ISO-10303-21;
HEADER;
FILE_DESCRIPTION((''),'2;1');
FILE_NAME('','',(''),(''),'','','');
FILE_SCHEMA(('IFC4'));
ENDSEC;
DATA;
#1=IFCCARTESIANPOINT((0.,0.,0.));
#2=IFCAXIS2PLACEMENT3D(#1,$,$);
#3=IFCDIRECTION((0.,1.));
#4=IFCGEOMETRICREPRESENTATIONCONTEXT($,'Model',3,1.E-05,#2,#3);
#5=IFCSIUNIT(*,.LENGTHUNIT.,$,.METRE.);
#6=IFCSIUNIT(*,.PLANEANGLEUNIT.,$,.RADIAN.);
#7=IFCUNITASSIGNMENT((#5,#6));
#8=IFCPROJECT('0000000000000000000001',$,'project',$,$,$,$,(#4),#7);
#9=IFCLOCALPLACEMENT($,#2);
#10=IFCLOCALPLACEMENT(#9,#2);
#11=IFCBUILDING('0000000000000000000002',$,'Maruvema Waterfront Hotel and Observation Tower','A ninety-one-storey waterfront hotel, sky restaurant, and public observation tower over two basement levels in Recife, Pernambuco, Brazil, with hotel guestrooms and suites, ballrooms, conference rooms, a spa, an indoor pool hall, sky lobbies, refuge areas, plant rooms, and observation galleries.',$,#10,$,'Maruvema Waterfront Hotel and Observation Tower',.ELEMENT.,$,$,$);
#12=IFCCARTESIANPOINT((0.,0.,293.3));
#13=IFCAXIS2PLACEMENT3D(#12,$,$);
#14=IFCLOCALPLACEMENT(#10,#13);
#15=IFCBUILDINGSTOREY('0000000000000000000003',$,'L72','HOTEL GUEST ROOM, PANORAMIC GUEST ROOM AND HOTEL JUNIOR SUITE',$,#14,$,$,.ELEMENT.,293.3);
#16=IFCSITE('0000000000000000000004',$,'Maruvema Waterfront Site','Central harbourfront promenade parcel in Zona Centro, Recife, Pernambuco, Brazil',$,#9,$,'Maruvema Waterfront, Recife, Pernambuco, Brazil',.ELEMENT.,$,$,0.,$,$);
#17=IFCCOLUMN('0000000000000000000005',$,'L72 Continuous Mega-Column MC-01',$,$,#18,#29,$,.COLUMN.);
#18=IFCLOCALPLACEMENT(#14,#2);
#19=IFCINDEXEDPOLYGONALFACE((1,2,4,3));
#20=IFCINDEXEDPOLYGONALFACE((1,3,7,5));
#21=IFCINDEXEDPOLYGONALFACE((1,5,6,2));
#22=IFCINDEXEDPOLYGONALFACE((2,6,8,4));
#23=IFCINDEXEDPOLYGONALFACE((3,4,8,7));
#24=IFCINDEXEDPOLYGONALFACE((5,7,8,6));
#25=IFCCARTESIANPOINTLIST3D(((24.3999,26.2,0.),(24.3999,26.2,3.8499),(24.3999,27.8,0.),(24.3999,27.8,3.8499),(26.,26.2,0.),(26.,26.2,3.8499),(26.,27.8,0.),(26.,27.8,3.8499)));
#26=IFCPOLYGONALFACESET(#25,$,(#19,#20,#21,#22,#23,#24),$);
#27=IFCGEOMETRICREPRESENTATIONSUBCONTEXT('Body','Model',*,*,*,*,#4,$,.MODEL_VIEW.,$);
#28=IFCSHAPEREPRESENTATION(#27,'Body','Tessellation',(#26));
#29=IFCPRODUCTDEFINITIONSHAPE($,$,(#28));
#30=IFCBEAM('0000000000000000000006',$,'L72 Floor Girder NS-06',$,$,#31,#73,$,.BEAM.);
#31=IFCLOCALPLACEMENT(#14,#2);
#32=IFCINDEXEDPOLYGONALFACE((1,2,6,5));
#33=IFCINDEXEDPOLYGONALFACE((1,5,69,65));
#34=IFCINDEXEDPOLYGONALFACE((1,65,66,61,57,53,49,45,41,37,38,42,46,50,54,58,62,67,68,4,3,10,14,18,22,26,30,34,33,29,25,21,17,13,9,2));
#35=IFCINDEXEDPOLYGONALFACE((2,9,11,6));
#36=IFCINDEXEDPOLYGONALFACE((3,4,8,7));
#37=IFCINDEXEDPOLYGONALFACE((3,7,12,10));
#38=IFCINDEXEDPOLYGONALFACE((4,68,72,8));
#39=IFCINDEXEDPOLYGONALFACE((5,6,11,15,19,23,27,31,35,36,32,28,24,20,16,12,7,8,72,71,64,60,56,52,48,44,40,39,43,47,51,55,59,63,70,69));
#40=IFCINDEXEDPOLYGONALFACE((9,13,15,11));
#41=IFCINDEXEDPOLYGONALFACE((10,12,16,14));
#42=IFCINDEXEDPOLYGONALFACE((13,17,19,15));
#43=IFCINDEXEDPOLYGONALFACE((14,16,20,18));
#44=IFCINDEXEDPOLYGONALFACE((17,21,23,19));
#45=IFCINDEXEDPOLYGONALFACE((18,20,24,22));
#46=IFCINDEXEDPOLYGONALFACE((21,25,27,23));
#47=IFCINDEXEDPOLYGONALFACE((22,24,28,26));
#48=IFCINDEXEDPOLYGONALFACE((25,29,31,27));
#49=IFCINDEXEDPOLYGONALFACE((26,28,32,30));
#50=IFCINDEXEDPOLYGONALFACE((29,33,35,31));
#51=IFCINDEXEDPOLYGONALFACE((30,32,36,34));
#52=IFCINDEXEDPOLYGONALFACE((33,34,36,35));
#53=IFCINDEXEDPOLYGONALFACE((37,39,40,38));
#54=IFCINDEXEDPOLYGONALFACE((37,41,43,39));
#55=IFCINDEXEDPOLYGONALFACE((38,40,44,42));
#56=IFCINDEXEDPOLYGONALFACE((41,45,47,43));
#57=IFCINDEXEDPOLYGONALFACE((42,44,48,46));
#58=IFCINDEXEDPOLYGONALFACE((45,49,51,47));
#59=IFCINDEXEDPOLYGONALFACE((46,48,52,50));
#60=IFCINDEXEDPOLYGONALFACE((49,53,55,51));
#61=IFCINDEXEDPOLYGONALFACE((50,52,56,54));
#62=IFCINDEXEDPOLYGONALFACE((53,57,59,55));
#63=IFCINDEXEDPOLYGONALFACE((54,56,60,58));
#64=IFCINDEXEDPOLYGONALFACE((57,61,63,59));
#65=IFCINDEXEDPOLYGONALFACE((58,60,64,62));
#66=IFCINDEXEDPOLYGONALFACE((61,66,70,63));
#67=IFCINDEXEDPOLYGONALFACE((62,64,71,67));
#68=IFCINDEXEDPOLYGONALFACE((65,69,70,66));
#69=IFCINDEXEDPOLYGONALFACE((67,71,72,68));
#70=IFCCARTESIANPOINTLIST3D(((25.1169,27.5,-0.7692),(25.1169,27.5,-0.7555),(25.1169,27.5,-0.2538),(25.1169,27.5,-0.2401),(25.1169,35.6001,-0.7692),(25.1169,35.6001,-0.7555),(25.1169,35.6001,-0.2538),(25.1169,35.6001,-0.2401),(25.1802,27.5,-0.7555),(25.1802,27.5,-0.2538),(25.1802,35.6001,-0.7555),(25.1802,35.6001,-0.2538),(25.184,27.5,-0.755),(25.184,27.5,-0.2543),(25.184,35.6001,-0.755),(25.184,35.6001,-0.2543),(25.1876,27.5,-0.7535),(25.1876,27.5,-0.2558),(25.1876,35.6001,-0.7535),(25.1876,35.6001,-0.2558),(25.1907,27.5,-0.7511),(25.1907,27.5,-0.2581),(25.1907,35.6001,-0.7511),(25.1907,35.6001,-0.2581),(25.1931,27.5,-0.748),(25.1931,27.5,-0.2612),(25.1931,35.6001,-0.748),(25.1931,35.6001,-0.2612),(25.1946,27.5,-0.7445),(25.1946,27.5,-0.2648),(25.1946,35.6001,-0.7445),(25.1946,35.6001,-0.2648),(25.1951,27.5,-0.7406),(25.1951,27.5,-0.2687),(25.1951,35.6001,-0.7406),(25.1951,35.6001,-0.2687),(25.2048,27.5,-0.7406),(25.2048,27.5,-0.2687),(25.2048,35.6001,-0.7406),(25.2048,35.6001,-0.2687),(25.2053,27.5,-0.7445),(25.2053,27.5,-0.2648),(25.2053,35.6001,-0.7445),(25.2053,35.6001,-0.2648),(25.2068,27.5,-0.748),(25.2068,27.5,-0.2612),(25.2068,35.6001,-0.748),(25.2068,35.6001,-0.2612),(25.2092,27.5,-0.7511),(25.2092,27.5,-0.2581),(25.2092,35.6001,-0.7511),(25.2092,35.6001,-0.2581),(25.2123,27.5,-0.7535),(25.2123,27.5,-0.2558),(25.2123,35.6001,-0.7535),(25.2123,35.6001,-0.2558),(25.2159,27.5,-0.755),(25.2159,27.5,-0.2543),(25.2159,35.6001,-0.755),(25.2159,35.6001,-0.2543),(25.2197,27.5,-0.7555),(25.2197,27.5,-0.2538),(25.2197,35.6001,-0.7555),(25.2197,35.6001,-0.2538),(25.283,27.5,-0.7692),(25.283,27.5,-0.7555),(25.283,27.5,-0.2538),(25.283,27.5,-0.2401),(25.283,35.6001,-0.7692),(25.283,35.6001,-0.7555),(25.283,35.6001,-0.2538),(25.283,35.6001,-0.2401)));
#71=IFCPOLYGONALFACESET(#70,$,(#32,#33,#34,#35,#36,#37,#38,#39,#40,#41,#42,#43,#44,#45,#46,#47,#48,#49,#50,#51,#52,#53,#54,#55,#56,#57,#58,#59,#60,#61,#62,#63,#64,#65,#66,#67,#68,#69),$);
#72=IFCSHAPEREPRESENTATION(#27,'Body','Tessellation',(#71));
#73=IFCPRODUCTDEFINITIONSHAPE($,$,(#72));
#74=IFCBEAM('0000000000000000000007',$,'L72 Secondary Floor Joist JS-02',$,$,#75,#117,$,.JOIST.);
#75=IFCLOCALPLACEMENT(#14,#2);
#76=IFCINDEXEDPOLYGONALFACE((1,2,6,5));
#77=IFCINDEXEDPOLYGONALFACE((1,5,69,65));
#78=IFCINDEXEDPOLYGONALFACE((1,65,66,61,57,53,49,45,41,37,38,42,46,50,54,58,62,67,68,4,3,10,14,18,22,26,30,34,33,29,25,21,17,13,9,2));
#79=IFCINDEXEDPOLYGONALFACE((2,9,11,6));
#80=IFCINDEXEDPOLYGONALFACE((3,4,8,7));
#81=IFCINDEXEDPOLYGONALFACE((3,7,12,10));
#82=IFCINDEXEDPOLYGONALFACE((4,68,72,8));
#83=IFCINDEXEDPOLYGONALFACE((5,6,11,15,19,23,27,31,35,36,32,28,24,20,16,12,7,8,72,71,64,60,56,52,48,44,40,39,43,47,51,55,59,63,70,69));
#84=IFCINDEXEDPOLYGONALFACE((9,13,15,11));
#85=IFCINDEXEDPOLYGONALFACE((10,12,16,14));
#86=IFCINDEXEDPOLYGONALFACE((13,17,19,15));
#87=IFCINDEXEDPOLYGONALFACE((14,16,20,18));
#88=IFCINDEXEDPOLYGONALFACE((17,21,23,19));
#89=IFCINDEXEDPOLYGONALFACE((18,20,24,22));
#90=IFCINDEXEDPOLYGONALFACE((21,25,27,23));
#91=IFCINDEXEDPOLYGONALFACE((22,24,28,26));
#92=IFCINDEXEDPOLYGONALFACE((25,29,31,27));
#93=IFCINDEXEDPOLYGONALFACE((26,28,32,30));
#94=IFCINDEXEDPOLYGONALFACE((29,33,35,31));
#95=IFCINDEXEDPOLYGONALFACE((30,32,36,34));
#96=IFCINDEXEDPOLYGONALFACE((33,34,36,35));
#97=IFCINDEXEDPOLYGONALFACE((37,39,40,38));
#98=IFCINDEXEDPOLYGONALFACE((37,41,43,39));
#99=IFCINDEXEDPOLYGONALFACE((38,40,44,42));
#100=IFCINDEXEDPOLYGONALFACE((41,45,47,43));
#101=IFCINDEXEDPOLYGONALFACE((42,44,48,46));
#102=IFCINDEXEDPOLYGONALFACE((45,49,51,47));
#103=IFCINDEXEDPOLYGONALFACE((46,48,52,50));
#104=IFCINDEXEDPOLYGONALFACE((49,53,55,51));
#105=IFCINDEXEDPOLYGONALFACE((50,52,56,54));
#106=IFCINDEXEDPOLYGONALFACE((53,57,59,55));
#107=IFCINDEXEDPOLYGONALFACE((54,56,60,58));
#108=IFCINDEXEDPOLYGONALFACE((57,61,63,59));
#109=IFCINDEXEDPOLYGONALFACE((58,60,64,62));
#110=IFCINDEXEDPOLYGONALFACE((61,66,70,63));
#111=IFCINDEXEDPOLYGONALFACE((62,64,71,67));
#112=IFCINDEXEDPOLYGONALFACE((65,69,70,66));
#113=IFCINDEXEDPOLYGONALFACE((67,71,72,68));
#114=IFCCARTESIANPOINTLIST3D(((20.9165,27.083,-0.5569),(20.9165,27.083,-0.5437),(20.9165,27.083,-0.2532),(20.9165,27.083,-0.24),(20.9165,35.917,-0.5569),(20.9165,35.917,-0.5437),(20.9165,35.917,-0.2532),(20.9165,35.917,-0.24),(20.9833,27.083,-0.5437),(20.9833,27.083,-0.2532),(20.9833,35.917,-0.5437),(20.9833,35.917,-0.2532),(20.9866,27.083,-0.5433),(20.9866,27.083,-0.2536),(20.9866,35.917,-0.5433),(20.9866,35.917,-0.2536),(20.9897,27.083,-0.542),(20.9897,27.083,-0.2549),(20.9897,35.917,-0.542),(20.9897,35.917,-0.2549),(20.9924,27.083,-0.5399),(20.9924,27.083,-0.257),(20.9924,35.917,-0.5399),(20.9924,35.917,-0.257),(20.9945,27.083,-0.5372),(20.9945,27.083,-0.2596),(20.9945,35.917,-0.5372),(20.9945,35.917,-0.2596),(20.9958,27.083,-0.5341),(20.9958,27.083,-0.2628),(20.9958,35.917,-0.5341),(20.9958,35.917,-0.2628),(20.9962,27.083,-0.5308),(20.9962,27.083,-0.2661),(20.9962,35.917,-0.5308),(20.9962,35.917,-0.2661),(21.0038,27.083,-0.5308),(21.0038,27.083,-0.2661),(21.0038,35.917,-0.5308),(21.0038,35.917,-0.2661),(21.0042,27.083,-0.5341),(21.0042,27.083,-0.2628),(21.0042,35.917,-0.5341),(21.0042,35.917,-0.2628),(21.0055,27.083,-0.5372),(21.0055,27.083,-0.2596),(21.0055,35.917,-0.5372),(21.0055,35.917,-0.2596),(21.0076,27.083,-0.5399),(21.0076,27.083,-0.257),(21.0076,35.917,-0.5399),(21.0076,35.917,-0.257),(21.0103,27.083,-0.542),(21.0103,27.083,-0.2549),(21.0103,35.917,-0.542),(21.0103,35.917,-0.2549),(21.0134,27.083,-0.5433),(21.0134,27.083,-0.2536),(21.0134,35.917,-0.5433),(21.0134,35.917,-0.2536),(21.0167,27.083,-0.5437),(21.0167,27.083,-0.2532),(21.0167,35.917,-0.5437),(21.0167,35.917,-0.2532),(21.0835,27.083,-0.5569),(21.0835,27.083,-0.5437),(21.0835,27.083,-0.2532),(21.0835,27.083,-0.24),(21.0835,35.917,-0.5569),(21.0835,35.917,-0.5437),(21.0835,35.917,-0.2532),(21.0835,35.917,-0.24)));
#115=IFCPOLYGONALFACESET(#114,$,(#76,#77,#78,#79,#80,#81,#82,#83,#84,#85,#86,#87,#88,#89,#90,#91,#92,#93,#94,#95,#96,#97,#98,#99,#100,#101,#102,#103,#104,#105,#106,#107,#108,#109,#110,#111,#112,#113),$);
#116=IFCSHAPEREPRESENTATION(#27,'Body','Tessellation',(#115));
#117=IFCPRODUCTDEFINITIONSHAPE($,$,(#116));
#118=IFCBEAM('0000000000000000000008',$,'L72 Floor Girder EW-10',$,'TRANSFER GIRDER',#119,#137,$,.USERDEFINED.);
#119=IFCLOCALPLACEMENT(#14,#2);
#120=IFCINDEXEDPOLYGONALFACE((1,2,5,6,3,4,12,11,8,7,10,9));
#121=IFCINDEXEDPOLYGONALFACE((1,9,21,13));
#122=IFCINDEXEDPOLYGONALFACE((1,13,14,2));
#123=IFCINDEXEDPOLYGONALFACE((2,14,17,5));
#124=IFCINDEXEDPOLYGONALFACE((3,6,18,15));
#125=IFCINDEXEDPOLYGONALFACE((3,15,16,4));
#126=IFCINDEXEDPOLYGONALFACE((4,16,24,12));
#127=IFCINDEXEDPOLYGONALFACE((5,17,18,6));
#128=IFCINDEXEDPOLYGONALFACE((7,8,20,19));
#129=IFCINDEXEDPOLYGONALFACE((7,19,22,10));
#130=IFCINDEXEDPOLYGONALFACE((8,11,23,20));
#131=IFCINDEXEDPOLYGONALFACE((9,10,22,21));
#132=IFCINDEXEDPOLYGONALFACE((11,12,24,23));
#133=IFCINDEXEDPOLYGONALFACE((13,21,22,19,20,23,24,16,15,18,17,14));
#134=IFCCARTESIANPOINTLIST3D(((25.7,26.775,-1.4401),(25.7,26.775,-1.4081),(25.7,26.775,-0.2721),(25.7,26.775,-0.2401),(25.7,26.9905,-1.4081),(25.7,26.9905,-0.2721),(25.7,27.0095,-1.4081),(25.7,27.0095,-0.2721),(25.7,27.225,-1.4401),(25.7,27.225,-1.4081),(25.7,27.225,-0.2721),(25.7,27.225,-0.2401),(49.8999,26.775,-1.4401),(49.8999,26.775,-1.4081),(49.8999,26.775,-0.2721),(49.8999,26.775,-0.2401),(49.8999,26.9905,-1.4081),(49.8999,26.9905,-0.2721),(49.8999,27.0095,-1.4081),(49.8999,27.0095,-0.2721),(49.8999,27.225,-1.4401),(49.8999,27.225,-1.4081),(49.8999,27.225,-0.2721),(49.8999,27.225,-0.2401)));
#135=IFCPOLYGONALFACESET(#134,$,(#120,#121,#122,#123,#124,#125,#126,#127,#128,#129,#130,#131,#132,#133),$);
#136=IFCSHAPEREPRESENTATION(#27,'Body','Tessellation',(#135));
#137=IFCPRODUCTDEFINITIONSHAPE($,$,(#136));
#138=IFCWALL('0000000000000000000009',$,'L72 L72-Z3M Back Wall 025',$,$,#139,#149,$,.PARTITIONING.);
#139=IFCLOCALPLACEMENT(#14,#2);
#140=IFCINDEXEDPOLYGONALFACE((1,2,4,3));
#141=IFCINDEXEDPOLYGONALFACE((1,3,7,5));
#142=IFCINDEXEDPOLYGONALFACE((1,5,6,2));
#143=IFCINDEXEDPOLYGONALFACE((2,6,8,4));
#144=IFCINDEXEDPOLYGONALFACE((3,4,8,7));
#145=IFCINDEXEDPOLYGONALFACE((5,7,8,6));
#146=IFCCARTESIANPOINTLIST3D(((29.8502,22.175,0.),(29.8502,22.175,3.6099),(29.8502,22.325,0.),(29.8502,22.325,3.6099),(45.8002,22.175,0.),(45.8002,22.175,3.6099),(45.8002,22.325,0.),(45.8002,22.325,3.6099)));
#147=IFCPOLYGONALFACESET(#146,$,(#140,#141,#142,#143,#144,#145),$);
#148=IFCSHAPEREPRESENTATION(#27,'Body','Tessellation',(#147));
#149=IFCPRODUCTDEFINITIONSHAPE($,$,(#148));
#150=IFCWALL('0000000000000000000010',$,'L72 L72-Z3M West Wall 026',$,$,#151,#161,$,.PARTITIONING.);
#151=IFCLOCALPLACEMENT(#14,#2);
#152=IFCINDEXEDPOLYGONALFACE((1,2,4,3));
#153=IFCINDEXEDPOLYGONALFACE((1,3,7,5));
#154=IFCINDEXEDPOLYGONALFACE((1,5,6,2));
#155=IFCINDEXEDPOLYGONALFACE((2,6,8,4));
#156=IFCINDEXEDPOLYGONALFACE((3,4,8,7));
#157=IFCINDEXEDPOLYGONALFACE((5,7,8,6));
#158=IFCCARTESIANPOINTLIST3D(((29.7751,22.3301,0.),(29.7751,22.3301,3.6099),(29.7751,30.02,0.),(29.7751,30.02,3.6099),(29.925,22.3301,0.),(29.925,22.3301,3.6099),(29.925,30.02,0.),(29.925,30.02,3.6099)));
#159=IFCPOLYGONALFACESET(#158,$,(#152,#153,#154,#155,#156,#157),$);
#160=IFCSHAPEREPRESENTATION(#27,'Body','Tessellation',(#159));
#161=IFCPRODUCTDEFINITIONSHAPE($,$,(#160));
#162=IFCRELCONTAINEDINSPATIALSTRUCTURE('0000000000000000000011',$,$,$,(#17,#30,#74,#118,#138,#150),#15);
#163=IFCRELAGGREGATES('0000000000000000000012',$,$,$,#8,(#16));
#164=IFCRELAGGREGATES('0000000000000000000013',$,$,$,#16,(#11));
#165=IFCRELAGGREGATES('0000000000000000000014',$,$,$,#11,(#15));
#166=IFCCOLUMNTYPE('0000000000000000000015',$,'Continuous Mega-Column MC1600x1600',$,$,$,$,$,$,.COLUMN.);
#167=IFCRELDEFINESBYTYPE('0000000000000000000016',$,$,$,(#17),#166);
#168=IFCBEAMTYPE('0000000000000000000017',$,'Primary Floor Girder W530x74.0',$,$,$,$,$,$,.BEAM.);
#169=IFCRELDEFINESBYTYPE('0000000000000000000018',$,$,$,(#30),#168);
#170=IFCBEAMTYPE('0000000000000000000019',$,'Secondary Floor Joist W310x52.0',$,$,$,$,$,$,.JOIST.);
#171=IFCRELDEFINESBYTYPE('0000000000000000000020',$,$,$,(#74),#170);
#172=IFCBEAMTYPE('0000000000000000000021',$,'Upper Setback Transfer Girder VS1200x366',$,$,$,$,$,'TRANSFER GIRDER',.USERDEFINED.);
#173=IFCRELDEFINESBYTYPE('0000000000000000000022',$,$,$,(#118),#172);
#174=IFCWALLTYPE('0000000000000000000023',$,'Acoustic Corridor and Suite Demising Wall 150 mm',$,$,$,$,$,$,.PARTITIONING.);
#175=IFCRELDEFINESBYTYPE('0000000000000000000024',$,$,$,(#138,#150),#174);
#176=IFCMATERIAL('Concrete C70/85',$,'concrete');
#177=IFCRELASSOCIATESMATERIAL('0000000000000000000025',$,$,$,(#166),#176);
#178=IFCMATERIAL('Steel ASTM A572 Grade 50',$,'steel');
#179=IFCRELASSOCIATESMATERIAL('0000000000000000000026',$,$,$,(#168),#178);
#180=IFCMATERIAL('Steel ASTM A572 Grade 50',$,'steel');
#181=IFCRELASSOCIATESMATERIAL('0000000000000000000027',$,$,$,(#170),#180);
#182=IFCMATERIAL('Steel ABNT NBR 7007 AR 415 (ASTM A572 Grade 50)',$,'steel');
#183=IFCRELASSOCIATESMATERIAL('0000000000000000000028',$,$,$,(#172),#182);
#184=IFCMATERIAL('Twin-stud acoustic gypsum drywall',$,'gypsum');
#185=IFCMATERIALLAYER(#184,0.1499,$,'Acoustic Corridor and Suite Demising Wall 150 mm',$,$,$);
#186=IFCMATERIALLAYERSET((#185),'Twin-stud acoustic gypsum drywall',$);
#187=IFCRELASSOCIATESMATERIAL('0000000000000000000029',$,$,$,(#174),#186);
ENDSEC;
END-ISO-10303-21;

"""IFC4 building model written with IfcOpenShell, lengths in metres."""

from ifc_helpers import new_model, si_unit, direction, frame, frame_2d, origin, origin_2d, place, context, subcontext, project, spatial, rectangle, i_section, extrude, material, layer, layer_set, material_profile, profile_set, type_object, element, save


model = new_model("IFC4")

# Units and contexts
model_context = context("Model", 3, precision=1e-05, world=origin(), true_north=direction((0.0, 1.0)))
body_context = subcontext(model_context, "Body", "Model", "MODEL_VIEW")
ifc_project = project(units=[si_unit("LENGTHUNIT", "METRE"), si_unit("PLANEANGLEUNIT", "RADIAN")], contexts=[model_context])

# Site, building, storey
site_placement = place(None, origin())
site = spatial("IfcSite", under=ifc_project, at=site_placement, Name="Maruvema Waterfront Site", Description="Central harbourfront promenade parcel in Zona Centro, Recife, Pernambuco, Brazil", LongName="Maruvema Waterfront, Recife, Pernambuco, Brazil", CompositionType="ELEMENT", RefElevation=0.0)
building_placement = place(site_placement, origin())
building = spatial("IfcBuilding", under=site, at=building_placement, Name="Maruvema Waterfront Hotel and Observation Tower", Description="A ninety-one-storey waterfront hotel, sky restaurant, and public observation tower over two basement levels in Recife, Pernambuco, Brazil, with hotel guestrooms and suites, ballrooms, conference rooms, a spa, an indoor pool hall, sky lobbies, refuge areas, plant rooms, and observation galleries.", LongName="Maruvema Waterfront Hotel and Observation Tower", CompositionType="ELEMENT")
storey_placement = place(building_placement, frame((0.0, 0.0, 293.3)))
storey = spatial("IfcBuildingStorey", under=building, at=storey_placement, Name="L72", Description="HOTEL GUEST ROOM, PANORAMIC GUEST ROOM AND HOTEL JUNIOR SUITE", CompositionType="ELEMENT", Elevation=293.3)

# Column
ifc_material_1 = material(Name="Concrete C70/85", Category="concrete")
ifc_material_profile_1 = material_profile(ifc_material_1, rectangle(XDim=1.6001, YDim=1.6001, at=origin_2d()), Name="MC1600x1600")
ifc_profile_set_1 = profile_set([ifc_material_profile_1], Name="Concrete C70/85")
column_type = type_object("IfcColumnType", Name="Continuous Mega-Column MC1600x1600", PredefinedType="COLUMN", material=ifc_profile_set_1)
column_placement = place(storey_placement, frame((25.2, 27.0, 0.0), z_axis=(0.0, 0.0, 1.0), x_axis=(1.0, 0.0, 0.0)))
element("IfcColumn", 1, at=column_placement, inside=storey, type_object=column_type, Name="L72 Continuous Mega-Column MC-01", PredefinedType="COLUMN", context=body_context, shape_type="SweptSolid", body=[
    extrude(rectangle(XDim=1.6001, YDim=1.6001, at=origin_2d()), origin(), (0.0, 0.0, 1.0), 3.8499),
])

# Beams
ifc_material_2 = material(Name="Steel ASTM A572 Grade 50", Category="steel")
ifc_material_profile_2 = material_profile(ifc_material_2, i_section(OverallWidth=0.166, OverallDepth=0.5291, WebThickness=0.0098, FlangeThickness=0.0137, FilletRadius=0.0149, at=origin_2d()), Name="W530x74.0")
ifc_profile_set_2 = profile_set([ifc_material_profile_2], Name="Steel ASTM A572 Grade 50")
beam_type_1 = type_object("IfcBeamType", Name="Primary Floor Girder W530x74.0", PredefinedType="BEAM", material=ifc_profile_set_2)
beam_1_placement = place(storey_placement, frame((25.2, 27.5, -0.5046), z_axis=(0.0, 1.0, 0.0), x_axis=(-1.0, 0.0, 0.0)))
element("IfcBeam", 2, at=beam_1_placement, inside=storey, type_object=beam_type_1, Name="L72 Floor Girder NS-06", PredefinedType="BEAM", context=body_context, shape_type="SweptSolid", body=[
    extrude(i_section(OverallWidth=0.166, OverallDepth=0.5291, WebThickness=0.0098, FlangeThickness=0.0137, FilletRadius=0.0149, at=origin_2d()), origin(), (0.0, 0.0, 1.0), 8.1001),
])
ifc_material_3 = material(Name="Steel ASTM A572 Grade 50", Category="steel")
ifc_material_profile_3 = material_profile(ifc_material_3, i_section(OverallWidth=0.167, OverallDepth=0.3169, WebThickness=0.0076, FlangeThickness=0.0132, FilletRadius=0.0129, at=origin_2d()), Name="W310x52.0")
ifc_profile_set_3 = profile_set([ifc_material_profile_3], Name="Steel ASTM A572 Grade 50")
beam_type_2 = type_object("IfcBeamType", Name="Secondary Floor Joist W310x52.0", PredefinedType="JOIST", material=ifc_profile_set_3)
beam_2_placement = place(storey_placement, frame((21.0, 27.083, -0.3984), z_axis=(0.0, 1.0, 0.0), x_axis=(-1.0, 0.0, 0.0)))
element("IfcBeam", 3, at=beam_2_placement, inside=storey, type_object=beam_type_2, Name="L72 Secondary Floor Joist JS-02", PredefinedType="JOIST", context=body_context, shape_type="SweptSolid", body=[
    extrude(i_section(OverallWidth=0.167, OverallDepth=0.3169, WebThickness=0.0076, FlangeThickness=0.0132, FilletRadius=0.0129, at=origin_2d()), origin(), (0.0, 0.0, 1.0), 8.834),
])
ifc_material_4 = material(Name="Steel ABNT NBR 7007 AR 415 (ASTM A572 Grade 50)", Category="steel")
ifc_material_profile_4 = material_profile(ifc_material_4, i_section(OverallWidth=0.45, OverallDepth=1.2, WebThickness=0.019, FlangeThickness=0.032, at=origin_2d()), Name="VS1200x366")
ifc_profile_set_4 = profile_set([ifc_material_profile_4], Name="Steel ABNT NBR 7007 AR 415 (ASTM A572 Grade 50)")
beam_type_3 = type_object("IfcBeamType", Name="Upper Setback Transfer Girder VS1200x366", ElementType="TRANSFER GIRDER", PredefinedType="USERDEFINED", material=ifc_profile_set_4)
beam_3_placement = place(storey_placement, frame((25.7, 27.0, -0.8401), z_axis=(1.0, 0.0, 0.0), x_axis=(0.0, 1.0, 0.0)))
element("IfcBeam", 4, at=beam_3_placement, inside=storey, type_object=beam_type_3, Name="L72 Floor Girder EW-10", ObjectType="TRANSFER GIRDER", PredefinedType="USERDEFINED", context=body_context, shape_type="SweptSolid", body=[
    extrude(i_section(OverallWidth=0.45, OverallDepth=1.2, WebThickness=0.019, FlangeThickness=0.032, at=origin_2d()), origin(), (0.0, 0.0, 1.0), 24.2),
])

# Walls
ifc_material_5 = material(Name="Twin-stud acoustic gypsum drywall", Category="gypsum")
ifc_layer_1 = layer(ifc_material_5, 0.1499, Name="Acoustic Corridor and Suite Demising Wall 150 mm")
ifc_layer_set_1 = layer_set([ifc_layer_1], Name="Twin-stud acoustic gypsum drywall")
wall_type_1 = type_object("IfcWallType", Name="Acoustic Corridor and Suite Demising Wall 150 mm", PredefinedType="PARTITIONING", material=ifc_layer_set_1)
wall_1_placement = place(storey_placement, frame((29.8501, 22.25, 0.0), z_axis=(0.0, 0.0, 1.0), x_axis=(1.0, 0.0, 0.0)))
element("IfcWall", 5, at=wall_1_placement, inside=storey, type_object=wall_type_1, Name="L72 L72-Z3M Back Wall 025", PredefinedType="PARTITIONING", context=body_context, shape_type="SweptSolid", body=[
    extrude(rectangle(XDim=15.95, YDim=0.1499, at=frame_2d((7.9751, 0.0))), origin(), (0.0, 0.0, 1.0), 3.6099),
])
wall_2_placement = place(storey_placement, frame((29.8501, 22.3301, 0.0), z_axis=(0.0, 0.0, 1.0), x_axis=(0.0, 1.0, 0.0)))
element("IfcWall", 6, at=wall_2_placement, inside=storey, type_object=wall_type_1, Name="L72 L72-Z3M West Wall 026", PredefinedType="PARTITIONING", context=body_context, shape_type="SweptSolid", body=[
    extrude(rectangle(XDim=7.6899, YDim=0.1499, at=frame_2d((3.845, 0.0))), origin(), (0.0, 0.0, 1.0), 3.6099),
])

save(model, "model.ifc")
